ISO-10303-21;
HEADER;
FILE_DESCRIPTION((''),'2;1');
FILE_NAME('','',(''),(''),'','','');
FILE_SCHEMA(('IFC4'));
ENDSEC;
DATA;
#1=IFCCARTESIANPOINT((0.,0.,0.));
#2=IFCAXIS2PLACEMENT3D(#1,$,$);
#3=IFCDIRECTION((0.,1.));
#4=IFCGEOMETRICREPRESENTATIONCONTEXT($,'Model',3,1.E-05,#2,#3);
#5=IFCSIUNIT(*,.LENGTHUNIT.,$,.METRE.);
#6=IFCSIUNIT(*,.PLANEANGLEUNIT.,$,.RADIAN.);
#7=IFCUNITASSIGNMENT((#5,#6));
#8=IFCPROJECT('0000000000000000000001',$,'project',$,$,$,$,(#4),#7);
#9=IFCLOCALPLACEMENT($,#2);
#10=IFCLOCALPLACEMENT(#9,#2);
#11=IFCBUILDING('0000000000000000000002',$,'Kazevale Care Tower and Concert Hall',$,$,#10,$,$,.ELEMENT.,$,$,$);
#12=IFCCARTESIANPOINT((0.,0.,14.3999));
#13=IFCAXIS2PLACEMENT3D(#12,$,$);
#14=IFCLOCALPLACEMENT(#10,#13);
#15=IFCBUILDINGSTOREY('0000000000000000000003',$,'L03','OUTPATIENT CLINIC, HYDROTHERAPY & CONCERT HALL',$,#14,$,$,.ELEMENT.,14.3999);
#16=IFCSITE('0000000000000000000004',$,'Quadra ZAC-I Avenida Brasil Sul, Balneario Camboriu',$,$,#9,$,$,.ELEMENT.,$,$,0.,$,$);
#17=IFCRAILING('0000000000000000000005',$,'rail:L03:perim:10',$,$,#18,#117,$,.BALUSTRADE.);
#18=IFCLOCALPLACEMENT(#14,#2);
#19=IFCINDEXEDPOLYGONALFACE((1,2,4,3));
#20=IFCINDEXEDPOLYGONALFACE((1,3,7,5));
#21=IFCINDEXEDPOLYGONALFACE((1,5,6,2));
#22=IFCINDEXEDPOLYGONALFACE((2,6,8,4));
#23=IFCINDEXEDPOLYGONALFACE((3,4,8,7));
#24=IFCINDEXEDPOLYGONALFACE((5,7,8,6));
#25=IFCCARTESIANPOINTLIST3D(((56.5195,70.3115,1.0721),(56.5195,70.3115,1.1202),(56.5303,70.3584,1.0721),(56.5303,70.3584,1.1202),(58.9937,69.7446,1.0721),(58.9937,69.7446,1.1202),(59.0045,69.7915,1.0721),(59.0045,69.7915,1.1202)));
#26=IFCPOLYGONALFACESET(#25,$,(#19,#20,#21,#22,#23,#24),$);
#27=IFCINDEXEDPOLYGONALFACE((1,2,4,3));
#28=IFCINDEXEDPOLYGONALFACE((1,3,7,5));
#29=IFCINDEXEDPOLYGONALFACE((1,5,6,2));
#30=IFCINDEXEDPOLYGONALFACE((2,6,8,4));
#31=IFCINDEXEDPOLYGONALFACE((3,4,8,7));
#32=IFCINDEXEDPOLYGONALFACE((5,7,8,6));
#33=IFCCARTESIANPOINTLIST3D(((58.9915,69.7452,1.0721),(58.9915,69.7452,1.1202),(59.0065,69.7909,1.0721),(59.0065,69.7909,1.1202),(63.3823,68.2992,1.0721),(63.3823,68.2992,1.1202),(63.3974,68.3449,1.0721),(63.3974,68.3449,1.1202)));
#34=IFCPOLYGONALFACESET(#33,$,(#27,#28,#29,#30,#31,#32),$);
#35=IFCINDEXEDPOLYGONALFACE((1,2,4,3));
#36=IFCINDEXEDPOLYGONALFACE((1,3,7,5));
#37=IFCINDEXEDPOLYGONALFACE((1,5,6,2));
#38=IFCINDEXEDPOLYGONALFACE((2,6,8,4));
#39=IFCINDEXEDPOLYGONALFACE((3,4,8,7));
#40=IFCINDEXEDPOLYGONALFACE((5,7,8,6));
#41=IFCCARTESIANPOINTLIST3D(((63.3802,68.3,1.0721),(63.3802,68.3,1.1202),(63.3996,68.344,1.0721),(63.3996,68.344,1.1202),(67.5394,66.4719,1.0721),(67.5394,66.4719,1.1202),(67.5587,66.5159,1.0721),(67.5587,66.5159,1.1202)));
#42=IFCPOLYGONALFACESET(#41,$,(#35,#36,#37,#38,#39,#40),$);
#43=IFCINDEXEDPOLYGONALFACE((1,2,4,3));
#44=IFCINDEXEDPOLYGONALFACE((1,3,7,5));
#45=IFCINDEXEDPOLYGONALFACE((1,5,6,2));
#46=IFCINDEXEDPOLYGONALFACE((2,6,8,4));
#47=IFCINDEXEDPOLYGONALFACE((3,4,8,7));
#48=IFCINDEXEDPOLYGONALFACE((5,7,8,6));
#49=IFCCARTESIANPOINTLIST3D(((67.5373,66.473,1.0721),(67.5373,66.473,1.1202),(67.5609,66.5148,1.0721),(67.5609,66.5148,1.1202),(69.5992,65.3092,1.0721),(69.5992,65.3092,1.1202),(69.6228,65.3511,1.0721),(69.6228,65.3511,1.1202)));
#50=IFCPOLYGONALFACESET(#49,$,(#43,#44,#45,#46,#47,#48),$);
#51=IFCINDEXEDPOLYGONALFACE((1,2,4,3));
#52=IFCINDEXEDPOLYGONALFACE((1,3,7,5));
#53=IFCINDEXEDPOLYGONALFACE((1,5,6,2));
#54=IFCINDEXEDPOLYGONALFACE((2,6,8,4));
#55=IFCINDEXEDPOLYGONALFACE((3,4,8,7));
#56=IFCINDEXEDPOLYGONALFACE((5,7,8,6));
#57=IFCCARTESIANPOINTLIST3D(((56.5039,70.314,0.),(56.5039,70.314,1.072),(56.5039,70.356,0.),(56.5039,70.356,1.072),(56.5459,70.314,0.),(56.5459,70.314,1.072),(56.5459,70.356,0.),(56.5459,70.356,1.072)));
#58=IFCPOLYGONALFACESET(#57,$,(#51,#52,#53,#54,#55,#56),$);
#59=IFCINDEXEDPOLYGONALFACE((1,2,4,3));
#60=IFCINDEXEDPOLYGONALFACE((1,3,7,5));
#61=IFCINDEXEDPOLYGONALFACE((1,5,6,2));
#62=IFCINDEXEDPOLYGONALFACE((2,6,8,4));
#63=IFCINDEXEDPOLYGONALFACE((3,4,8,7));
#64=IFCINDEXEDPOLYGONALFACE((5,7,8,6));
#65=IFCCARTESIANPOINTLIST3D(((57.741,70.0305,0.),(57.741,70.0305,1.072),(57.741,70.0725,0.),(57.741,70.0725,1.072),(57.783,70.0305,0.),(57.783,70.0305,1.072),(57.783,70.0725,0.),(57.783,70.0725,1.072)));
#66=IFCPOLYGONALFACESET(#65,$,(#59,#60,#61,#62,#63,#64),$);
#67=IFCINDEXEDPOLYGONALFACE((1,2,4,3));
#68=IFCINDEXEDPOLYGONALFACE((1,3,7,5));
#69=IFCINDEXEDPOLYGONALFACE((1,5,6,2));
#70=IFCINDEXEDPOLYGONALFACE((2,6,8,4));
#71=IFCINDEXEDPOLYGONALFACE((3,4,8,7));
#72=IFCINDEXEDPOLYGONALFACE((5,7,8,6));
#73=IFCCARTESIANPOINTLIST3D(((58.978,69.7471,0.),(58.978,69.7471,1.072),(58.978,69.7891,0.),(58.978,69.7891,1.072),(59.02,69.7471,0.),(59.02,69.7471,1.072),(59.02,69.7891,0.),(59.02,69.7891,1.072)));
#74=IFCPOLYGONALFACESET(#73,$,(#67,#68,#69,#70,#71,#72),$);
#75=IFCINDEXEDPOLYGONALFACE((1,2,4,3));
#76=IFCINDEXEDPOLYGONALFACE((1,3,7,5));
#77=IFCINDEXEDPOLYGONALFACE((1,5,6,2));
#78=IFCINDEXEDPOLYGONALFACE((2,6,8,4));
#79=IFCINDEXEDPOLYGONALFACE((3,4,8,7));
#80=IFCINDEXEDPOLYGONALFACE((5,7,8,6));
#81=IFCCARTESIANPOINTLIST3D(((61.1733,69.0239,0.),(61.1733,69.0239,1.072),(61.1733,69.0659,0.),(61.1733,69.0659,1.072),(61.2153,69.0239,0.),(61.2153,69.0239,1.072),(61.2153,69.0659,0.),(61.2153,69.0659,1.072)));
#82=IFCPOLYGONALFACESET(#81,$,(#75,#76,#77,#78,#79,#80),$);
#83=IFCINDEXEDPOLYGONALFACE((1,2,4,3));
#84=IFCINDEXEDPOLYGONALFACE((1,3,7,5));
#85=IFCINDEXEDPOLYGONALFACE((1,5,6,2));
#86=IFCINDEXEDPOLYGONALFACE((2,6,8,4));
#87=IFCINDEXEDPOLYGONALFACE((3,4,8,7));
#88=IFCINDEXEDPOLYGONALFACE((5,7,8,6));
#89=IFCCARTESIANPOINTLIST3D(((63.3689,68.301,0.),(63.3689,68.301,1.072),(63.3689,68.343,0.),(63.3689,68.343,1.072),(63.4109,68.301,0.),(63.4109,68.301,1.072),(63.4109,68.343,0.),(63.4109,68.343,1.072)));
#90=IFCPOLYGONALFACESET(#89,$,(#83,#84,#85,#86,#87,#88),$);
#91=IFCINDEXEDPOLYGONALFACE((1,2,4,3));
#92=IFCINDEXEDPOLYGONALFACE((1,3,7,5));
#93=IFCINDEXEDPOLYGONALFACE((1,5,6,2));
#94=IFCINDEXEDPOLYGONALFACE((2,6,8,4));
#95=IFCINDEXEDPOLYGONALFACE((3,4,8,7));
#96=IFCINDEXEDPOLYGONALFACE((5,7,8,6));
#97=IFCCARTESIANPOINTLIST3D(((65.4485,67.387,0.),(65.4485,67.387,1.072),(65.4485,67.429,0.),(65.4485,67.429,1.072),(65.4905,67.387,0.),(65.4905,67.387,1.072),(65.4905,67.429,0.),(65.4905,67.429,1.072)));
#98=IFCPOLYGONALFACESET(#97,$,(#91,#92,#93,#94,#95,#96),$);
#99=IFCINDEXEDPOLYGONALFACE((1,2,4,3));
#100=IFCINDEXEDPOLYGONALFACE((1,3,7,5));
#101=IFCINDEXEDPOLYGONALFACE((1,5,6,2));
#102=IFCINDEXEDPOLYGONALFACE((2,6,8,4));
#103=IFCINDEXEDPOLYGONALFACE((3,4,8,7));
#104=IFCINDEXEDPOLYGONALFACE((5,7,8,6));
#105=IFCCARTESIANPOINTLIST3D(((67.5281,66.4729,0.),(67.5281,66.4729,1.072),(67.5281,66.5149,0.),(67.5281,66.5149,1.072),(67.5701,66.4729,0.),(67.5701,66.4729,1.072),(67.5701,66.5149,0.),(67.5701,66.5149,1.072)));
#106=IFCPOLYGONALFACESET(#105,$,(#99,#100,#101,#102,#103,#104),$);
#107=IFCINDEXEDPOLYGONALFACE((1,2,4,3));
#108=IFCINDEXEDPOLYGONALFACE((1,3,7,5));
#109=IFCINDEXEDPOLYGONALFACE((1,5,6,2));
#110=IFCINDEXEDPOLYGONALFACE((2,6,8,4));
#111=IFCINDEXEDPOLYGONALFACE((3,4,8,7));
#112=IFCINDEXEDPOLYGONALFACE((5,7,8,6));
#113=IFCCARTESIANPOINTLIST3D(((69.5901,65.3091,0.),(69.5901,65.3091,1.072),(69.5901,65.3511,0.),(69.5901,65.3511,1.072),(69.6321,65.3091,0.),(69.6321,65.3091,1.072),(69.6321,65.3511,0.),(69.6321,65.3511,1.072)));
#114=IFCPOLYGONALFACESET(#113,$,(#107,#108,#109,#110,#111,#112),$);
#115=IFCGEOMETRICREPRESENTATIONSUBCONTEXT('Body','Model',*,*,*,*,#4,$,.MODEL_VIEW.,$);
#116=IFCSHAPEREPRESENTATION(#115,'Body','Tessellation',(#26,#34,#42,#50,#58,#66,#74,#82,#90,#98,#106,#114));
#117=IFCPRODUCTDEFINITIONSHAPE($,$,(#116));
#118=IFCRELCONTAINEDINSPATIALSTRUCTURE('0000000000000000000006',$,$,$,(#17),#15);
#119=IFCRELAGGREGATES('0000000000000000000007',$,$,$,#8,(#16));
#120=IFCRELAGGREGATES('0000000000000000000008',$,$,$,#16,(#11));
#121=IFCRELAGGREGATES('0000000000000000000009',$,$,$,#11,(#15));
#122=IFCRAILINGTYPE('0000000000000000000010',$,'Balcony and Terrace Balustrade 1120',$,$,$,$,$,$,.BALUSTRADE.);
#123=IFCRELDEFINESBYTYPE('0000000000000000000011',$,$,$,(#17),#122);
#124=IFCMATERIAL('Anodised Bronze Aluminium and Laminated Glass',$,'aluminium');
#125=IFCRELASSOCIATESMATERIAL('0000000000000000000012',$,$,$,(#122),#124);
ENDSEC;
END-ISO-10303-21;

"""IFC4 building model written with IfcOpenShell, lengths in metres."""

from ifc_helpers import new_model, si_unit, direction, frame, origin, origin_2d, place, context, subcontext, project, spatial, rectangle, extrude, material, type_object, element, save


model = new_model("IFC4")

# Units and contexts
model_context = context("Model", 3, precision=1e-05, world=origin(), true_north=direction((0.0, 1.0)))
body_context = subcontext(model_context, "Body", "Model", "MODEL_VIEW")
ifc_project = project(units=[si_unit("LENGTHUNIT", "METRE"), si_unit("PLANEANGLEUNIT", "RADIAN")], contexts=[model_context])

# Site, building, storey
site_placement = place(None, origin())
site = spatial("IfcSite", under=ifc_project, at=site_placement, Name="Quadra ZAC-I Avenida Brasil Sul, Balneario Camboriu", CompositionType="ELEMENT", RefElevation=0.0)
building_placement = place(site_placement, origin())
building = spatial("IfcBuilding", under=site, at=building_placement, Name="Kazevale Care Tower and Concert Hall", CompositionType="ELEMENT")
storey_placement = place(building_placement, frame((0.0, 0.0, 14.3999)))
storey = spatial("IfcBuildingStorey", under=building, at=storey_placement, Name="L03", Description="OUTPATIENT CLINIC, HYDROTHERAPY & CONCERT HALL", CompositionType="ELEMENT", Elevation=14.3999)

# Railing
ifc_material_1 = material(Name="Anodised Bronze Aluminium and Laminated Glass", Category="aluminium")
railing_type = type_object("IfcRailingType", Name="Balcony and Terrace Balustrade 1120", PredefinedType="BALUSTRADE", material=ifc_material_1)
railing_1_placement = place(storey_placement, frame((56.5249, 70.335, 0.0)))
element("IfcRailing", 1, at=railing_1_placement, inside=storey, type_object=railing_type, Name="rail:L03:perim:10", PredefinedType="BALUSTRADE", context=body_context, shape_type="SweptSolid", body=[
    extrude(rectangle(XDim=0.0481, YDim=0.0481, at=origin_2d()), frame((0.0, 0.0, 1.0962), z_axis=(0.97474, -0.223342, 0.0), x_axis=(0.223342, 0.97474, 0.0)), (0.0, 0.0, 1.0), 2.5383),
    extrude(rectangle(XDim=0.0481, YDim=0.0481, at=origin_2d()), frame((2.4741, -0.5669, 1.0962), z_axis=(0.949818, -0.312804, 0.0), x_axis=(0.312804, 0.949818, 0.0)), (0.0, 0.0, 1.0), 4.6228),
    extrude(rectangle(XDim=0.0481, YDim=0.0481, at=origin_2d()), frame((6.865, -2.0129, 1.0962), z_axis=(0.91547, -0.402386, 0.0), x_axis=(0.402386, 0.91547, 0.0)), (0.0, 0.0, 1.0), 4.5432),
    extrude(rectangle(XDim=0.0481, YDim=0.0481, at=origin_2d()), frame((11.0242, -3.8411, 1.0962), z_axis=(0.870864, -0.491524, 0.0), x_axis=(0.491524, 0.870864, 0.0)), (0.0, 0.0, 1.0), 2.3677),
    extrude(rectangle(XDim=0.042, YDim=0.042, at=origin_2d()), origin(), (0.0, 0.0, 1.0), 1.072),
    extrude(rectangle(XDim=0.042, YDim=0.042, at=origin_2d()), frame((1.2371, -0.2834, 0.0)), (0.0, 0.0, 1.0), 1.072),
    extrude(rectangle(XDim=0.042, YDim=0.042, at=origin_2d()), frame((2.4741, -0.5669, 0.0)), (0.0, 0.0, 1.0), 1.072),
    extrude(rectangle(XDim=0.042, YDim=0.042, at=origin_2d()), frame((4.6694, -1.29, 0.0)), (0.0, 0.0, 1.0), 1.072),
    extrude(rectangle(XDim=0.042, YDim=0.042, at=origin_2d()), frame((6.865, -2.0129, 0.0)), (0.0, 0.0, 1.0), 1.072),
    extrude(rectangle(XDim=0.042, YDim=0.042, at=origin_2d()), frame((8.9446, -2.927, 0.0)), (0.0, 0.0, 1.0), 1.072),
    extrude(rectangle(XDim=0.042, YDim=0.042, at=origin_2d()), frame((11.0242, -3.8411, 0.0)), (0.0, 0.0, 1.0), 1.072),
    extrude(rectangle(XDim=0.042, YDim=0.042, at=origin_2d()), frame((13.0862, -5.0049, 0.0)), (0.0, 0.0, 1.0), 1.072),
])

save(model, "model.ifc")
